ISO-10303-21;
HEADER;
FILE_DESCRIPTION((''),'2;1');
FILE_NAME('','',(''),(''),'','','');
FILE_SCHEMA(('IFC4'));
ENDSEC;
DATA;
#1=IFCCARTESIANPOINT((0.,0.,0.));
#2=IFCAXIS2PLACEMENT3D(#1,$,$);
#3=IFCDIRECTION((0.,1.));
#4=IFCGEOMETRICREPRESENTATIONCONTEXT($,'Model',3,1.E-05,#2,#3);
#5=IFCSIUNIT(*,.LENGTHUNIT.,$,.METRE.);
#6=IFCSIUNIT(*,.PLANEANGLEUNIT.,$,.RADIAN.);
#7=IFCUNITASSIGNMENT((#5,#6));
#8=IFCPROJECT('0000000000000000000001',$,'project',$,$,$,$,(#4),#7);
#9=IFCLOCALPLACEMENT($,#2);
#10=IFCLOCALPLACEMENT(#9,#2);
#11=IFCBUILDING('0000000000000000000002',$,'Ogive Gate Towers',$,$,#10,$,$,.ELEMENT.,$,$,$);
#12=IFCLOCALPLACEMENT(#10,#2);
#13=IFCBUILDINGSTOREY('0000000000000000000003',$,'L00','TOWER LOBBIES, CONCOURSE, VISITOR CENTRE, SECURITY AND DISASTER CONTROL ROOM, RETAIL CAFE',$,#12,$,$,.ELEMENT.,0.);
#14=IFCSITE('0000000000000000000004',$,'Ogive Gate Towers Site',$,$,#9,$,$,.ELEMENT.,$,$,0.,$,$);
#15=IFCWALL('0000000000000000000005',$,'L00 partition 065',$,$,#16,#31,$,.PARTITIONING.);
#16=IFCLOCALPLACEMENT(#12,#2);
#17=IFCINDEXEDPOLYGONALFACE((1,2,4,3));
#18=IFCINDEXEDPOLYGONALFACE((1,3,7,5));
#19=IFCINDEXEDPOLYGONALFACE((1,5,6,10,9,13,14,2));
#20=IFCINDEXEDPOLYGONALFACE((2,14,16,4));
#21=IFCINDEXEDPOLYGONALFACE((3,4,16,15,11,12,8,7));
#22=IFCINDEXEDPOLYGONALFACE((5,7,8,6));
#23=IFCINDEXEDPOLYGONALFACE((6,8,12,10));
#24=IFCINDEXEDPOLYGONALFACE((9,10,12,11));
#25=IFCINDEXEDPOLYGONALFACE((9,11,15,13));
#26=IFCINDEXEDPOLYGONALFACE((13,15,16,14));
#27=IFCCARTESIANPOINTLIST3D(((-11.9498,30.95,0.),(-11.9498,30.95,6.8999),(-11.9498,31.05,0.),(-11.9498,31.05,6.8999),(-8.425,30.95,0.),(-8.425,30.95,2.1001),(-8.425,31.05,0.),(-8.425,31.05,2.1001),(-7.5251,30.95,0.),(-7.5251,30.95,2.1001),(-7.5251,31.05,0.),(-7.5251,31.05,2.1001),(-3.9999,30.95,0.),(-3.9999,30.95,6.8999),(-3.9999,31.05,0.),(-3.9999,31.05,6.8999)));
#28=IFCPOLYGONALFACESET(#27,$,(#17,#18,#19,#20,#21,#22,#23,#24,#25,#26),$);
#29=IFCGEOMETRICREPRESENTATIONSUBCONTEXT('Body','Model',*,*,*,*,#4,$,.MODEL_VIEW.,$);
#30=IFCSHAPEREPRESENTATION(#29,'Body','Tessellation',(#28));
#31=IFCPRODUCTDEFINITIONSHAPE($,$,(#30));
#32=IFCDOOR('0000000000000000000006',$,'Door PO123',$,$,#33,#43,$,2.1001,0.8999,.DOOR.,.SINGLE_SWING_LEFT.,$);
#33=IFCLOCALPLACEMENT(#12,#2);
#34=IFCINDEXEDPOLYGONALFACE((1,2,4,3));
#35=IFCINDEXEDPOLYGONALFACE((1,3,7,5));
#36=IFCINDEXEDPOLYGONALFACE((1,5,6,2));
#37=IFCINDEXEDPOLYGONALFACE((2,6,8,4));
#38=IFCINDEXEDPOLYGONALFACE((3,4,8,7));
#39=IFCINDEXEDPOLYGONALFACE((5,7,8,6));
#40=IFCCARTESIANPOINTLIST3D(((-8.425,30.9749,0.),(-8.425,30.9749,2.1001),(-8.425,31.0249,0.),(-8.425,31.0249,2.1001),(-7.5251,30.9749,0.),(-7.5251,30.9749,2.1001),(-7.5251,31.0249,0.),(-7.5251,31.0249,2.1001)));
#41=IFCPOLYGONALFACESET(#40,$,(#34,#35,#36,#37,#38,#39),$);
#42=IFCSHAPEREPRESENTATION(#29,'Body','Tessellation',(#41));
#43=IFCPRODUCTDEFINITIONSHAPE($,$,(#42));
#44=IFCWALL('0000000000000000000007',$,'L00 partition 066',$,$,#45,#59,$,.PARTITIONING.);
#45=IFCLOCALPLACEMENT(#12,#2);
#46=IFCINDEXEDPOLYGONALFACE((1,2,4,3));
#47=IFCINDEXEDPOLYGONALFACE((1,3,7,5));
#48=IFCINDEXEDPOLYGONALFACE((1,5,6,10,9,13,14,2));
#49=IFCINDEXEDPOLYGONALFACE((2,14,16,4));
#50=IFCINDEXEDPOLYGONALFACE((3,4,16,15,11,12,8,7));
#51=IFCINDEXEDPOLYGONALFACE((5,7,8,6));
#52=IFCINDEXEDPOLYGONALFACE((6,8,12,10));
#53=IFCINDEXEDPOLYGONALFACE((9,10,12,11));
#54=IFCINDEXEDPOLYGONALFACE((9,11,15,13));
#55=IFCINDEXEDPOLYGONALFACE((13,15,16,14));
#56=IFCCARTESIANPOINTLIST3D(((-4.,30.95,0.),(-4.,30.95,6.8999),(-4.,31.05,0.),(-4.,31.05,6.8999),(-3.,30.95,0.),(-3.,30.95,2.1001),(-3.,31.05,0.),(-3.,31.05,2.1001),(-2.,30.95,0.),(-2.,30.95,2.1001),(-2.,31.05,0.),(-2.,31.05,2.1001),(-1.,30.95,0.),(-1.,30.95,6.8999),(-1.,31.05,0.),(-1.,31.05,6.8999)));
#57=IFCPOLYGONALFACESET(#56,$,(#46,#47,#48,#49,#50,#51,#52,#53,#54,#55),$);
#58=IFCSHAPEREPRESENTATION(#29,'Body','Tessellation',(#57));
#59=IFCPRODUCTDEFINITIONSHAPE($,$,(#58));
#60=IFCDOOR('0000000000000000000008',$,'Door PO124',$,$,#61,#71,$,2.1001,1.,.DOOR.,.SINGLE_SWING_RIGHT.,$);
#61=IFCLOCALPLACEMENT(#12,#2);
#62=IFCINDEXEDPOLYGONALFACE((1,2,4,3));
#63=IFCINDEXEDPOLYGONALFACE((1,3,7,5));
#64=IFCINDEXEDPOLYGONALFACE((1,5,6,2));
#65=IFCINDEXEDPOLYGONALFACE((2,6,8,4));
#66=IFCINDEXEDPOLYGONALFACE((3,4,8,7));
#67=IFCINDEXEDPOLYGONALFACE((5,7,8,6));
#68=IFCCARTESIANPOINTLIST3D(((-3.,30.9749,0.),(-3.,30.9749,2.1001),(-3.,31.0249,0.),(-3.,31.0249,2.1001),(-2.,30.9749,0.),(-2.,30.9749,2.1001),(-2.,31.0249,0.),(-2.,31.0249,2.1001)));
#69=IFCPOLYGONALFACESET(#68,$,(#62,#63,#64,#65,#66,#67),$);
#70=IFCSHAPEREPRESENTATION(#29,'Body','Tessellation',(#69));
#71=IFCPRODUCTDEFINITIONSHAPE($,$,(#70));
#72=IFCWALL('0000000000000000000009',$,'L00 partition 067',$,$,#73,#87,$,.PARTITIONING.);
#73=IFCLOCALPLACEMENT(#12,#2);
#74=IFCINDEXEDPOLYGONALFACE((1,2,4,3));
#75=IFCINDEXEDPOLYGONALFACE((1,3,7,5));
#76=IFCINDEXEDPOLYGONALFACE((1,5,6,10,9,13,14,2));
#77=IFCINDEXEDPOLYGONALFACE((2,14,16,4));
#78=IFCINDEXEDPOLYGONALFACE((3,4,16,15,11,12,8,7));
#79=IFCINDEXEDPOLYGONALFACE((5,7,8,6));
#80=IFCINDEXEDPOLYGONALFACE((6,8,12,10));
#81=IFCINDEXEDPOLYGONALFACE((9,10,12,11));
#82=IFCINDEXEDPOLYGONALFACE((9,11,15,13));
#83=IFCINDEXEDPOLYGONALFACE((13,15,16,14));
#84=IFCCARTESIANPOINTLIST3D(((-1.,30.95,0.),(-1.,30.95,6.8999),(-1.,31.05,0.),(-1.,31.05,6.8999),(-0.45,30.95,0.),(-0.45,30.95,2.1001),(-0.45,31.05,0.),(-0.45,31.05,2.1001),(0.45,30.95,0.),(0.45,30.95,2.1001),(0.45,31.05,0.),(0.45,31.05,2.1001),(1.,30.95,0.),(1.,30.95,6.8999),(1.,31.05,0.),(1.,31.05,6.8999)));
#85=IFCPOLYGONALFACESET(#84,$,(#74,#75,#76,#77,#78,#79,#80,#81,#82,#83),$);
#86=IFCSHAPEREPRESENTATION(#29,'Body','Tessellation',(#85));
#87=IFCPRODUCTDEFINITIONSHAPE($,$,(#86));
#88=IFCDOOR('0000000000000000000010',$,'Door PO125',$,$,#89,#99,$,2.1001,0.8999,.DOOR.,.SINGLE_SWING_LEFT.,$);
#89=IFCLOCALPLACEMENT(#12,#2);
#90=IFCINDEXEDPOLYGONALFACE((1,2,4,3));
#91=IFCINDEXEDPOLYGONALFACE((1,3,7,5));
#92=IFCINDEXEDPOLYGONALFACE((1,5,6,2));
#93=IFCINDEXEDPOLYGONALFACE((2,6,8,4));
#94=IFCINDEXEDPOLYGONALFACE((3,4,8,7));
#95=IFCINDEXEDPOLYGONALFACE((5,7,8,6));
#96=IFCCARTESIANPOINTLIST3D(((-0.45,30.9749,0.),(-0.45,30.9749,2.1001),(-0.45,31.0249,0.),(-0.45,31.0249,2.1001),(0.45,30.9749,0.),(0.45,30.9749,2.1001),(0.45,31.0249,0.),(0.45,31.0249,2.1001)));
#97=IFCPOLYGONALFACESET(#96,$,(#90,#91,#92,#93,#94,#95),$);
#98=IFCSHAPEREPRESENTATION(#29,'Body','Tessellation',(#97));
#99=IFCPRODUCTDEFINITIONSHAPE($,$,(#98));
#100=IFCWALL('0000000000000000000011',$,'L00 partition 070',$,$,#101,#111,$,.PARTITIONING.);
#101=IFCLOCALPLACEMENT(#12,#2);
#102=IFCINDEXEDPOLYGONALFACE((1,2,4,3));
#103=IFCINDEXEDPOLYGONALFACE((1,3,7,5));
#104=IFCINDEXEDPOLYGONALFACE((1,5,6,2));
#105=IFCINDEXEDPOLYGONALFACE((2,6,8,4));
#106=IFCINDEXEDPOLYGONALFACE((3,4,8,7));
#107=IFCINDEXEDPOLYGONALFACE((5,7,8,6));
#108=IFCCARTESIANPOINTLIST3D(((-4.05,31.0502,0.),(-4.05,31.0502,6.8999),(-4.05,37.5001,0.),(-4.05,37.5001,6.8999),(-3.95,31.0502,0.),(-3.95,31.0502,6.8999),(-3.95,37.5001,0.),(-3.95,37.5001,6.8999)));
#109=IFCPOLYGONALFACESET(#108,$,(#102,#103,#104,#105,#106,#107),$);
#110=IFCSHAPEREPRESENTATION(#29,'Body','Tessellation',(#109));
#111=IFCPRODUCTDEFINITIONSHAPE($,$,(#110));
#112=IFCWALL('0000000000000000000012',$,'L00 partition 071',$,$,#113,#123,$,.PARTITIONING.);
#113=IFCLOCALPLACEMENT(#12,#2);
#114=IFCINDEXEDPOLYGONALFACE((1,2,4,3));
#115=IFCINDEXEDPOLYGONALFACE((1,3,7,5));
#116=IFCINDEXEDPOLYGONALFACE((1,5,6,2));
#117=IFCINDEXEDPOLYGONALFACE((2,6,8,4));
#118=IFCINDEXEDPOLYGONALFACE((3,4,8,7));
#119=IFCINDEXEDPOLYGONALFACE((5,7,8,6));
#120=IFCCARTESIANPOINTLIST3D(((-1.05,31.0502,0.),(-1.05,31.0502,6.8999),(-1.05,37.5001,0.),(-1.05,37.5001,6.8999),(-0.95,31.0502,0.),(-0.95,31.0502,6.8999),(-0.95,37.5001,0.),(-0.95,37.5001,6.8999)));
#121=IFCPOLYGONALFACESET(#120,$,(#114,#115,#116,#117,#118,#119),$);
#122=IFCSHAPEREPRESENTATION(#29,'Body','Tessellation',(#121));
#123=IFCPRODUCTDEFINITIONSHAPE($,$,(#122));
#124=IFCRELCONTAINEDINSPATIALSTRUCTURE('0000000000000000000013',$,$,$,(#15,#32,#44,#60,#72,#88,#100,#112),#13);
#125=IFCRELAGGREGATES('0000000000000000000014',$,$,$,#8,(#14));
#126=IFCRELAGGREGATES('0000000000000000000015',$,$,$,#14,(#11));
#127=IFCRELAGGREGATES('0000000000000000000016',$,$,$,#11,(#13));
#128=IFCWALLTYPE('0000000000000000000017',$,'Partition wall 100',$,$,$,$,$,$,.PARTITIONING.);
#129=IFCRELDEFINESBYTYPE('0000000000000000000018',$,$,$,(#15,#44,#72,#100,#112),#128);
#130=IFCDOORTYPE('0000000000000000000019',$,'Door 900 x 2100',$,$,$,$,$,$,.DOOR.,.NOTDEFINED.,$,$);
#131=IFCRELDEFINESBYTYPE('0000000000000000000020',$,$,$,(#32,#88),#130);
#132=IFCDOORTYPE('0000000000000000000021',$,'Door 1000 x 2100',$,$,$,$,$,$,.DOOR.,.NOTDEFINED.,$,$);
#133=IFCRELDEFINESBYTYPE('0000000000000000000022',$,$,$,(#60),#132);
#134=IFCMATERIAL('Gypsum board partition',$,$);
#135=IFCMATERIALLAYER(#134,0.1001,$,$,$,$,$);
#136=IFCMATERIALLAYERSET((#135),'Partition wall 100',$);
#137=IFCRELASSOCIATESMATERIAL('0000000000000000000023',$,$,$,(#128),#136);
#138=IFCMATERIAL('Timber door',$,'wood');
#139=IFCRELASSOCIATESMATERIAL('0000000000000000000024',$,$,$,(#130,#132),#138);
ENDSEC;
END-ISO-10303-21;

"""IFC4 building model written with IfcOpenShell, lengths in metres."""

from ifc_helpers import new_model, si_unit, direction, frame, frame_2d, origin, place, context, subcontext, project, spatial, rectangle, extrude, material, layer, layer_set, type_object, element, fill, save


model = new_model("IFC4")

# Units and contexts
model_context = context("Model", 3, precision=1e-05, world=origin(), true_north=direction((0.0, 1.0)))
body_context = subcontext(model_context, "Body", "Model", "MODEL_VIEW")
ifc_project = project(units=[si_unit("LENGTHUNIT", "METRE"), si_unit("PLANEANGLEUNIT", "RADIAN")], contexts=[model_context])

# Site, building, storey
site_placement = place(None, origin())
site = spatial("IfcSite", under=ifc_project, at=site_placement, Name="Ogive Gate Towers Site", CompositionType="ELEMENT", RefElevation=0.0)
building_placement = place(site_placement, origin())
building = spatial("IfcBuilding", under=site, at=building_placement, Name="Ogive Gate Towers", CompositionType="ELEMENT")
storey_placement = place(building_placement, origin())
storey = spatial("IfcBuildingStorey", under=building, at=storey_placement, Name="L00", Description="TOWER LOBBIES, CONCOURSE, VISITOR CENTRE, SECURITY AND DISASTER CONTROL ROOM, RETAIL CAFE", CompositionType="ELEMENT", Elevation=0.0)

# Shared definitions
ifc_material_1 = material(Name="Gypsum board partition")
ifc_layer_1 = layer(ifc_material_1, 0.1001)
ifc_layer_set_1 = layer_set([ifc_layer_1], Name="Partition wall 100")
wall_type_1 = type_object("IfcWallType", Name="Partition wall 100", PredefinedType="PARTITIONING", material=ifc_layer_set_1)

# Walls, openings, doors
wall_1_placement = place(storey_placement, frame((-11.95, 31.0, 0.0), z_axis=(0.0, 0.0, 1.0), x_axis=(1.0, 0.0, 0.0)))
wall_1 = element("IfcWall", 1, at=wall_1_placement, inside=storey, type_object=wall_type_1, Name="L00 partition 065", PredefinedType="PARTITIONING", context=body_context, shape_type="SweptSolid", body=[
    extrude(rectangle(XDim=7.95, YDim=0.1001, at=frame_2d((3.9751, 0.0))), origin(), (0.0, 0.0, 1.0), 6.8999),
])
opening_1_placement = place(wall_1_placement, frame((3.5249, 0.0, 0.0)))
opening_1 = element("IfcOpeningElement", 2, at=opening_1_placement, cuts=wall_1, PredefinedType="OPENING", context=body_context, shape_type="SweptSolid", body=[
    extrude(rectangle(XDim=0.8999, YDim=2.1001, at=frame_2d((0.45, 1.05))), frame((0.0, 0.0601, 0.0), z_axis=(0.0, -1.0, 0.0), x_axis=(1.0, 0.0, 0.0)), (0.0, 0.0, 1.0), 0.1201),
])
ifc_material_2 = material(Name="Timber door", Category="wood")
door_type_1 = type_object("IfcDoorType", Name="Door 900 x 2100", OperationType="NOTDEFINED", PredefinedType="DOOR", material=ifc_material_2)
door_1_placement = place(opening_1_placement, origin())
door_1 = element("IfcDoor", 3, at=door_1_placement, inside=storey, type_object=door_type_1, Name="Door PO123", OperationType="SINGLE_SWING_LEFT", OverallHeight=2.1001, OverallWidth=0.8999, PredefinedType="DOOR", context=body_context, shape_type="SweptSolid", body=[
    extrude(rectangle(XDim=0.8999, YDim=2.1001, at=frame_2d((0.45, 1.05))), frame((0.0, 0.0249, 0.0), z_axis=(0.0, -1.0, 0.0), x_axis=(1.0, 0.0, 0.0)), (0.0, 0.0, 1.0), 0.05),
])
fill(opening_1, door_1)
wall_2_placement = place(storey_placement, frame((-4.0, 31.0, 0.0), z_axis=(0.0, 0.0, 1.0), x_axis=(1.0, 0.0, 0.0)))
wall_2 = element("IfcWall", 4, at=wall_2_placement, inside=storey, type_object=wall_type_1, Name="L00 partition 066", PredefinedType="PARTITIONING", context=body_context, shape_type="SweptSolid", body=[
    extrude(rectangle(XDim=3.0, YDim=0.1001, at=frame_2d((1.5, 0.0))), origin(), (0.0, 0.0, 1.0), 6.8999),
])
opening_2_placement = place(wall_2_placement, frame((1.0, 0.0, 0.0)))
opening_2 = element("IfcOpeningElement", 5, at=opening_2_placement, cuts=wall_2, PredefinedType="OPENING", context=body_context, shape_type="SweptSolid", body=[
    extrude(rectangle(XDim=1.0, YDim=2.1001, at=frame_2d((0.5, 1.05))), frame((0.0, 0.0601, 0.0), z_axis=(0.0, -1.0, 0.0), x_axis=(1.0, 0.0, 0.0)), (0.0, 0.0, 1.0), 0.1201),
])
door_type_2 = type_object("IfcDoorType", Name="Door 1000 x 2100", OperationType="NOTDEFINED", PredefinedType="DOOR", material=ifc_material_2)
door_2_placement = place(opening_2_placement, origin())
door_2 = element("IfcDoor", 6, at=door_2_placement, inside=storey, type_object=door_type_2, Name="Door PO124", OperationType="SINGLE_SWING_RIGHT", OverallHeight=2.1001, OverallWidth=1.0, PredefinedType="DOOR", context=body_context, shape_type="SweptSolid", body=[
    extrude(rectangle(XDim=1.0, YDim=2.1001, at=frame_2d((0.5, 1.05))), frame((0.0, 0.0249, 0.0), z_axis=(0.0, -1.0, 0.0), x_axis=(1.0, 0.0, 0.0)), (0.0, 0.0, 1.0), 0.05),
])
fill(opening_2, door_2)
wall_3_placement = place(storey_placement, frame((-1.0, 31.0, 0.0), z_axis=(0.0, 0.0, 1.0), x_axis=(1.0, 0.0, 0.0)))
wall_3 = element("IfcWall", 7, at=wall_3_placement, inside=storey, type_object=wall_type_1, Name="L00 partition 067", PredefinedType="PARTITIONING", context=body_context, shape_type="SweptSolid", body=[
    extrude(rectangle(XDim=2.0, YDim=0.1001, at=frame_2d((1.0, 0.0))), origin(), (0.0, 0.0, 1.0), 6.8999),
])
opening_3_placement = place(wall_3_placement, frame((0.55, 0.0, 0.0)))
opening_3 = element("IfcOpeningElement", 8, at=opening_3_placement, cuts=wall_3, PredefinedType="OPENING", context=body_context, shape_type="SweptSolid", body=[
    extrude(rectangle(XDim=0.8999, YDim=2.1001, at=frame_2d((0.45, 1.05))), frame((0.0, 0.0601, 0.0), z_axis=(0.0, -1.0, 0.0), x_axis=(1.0, 0.0, 0.0)), (0.0, 0.0, 1.0), 0.1201),
])
door_3_placement = place(opening_3_placement, origin())
door_3 = element("IfcDoor", 9, at=door_3_placement, inside=storey, type_object=door_type_1, Name="Door PO125", OperationType="SINGLE_SWING_LEFT", OverallHeight=2.1001, OverallWidth=0.8999, PredefinedType="DOOR", context=body_context, shape_type="SweptSolid", body=[
    extrude(rectangle(XDim=0.8999, YDim=2.1001, at=frame_2d((0.45, 1.05))), frame((0.0, 0.0249, 0.0), z_axis=(0.0, -1.0, 0.0), x_axis=(1.0, 0.0, 0.0)), (0.0, 0.0, 1.0), 0.05),
])
fill(opening_3, door_3)

# Walls
for number, where, z_axis, x_axis, name in (
    (10, (-4.0, 31.05, 0.0), (0.0, 0.0, 1.0), (0.0, 1.0, 0.0), "L00 partition 070"),
    (11, (-1.0, 31.05, 0.0), (0.0, 0.0, 1.0), (0.0, 1.0, 0.0), "L00 partition 071"),
):
    element("IfcWall", number, at=place(storey_placement, frame(where, z_axis=z_axis, x_axis=x_axis)), inside=storey, type_object=wall_type_1, Name=name, PredefinedType="PARTITIONING", context=body_context, shape_type="SweptSolid", body=[
        extrude(rectangle(XDim=6.45, YDim=0.1001, at=frame_2d((3.2251, 0.0))), origin(), (0.0, 0.0, 1.0), 6.8999),
    ])

save(model, "model.ifc")
